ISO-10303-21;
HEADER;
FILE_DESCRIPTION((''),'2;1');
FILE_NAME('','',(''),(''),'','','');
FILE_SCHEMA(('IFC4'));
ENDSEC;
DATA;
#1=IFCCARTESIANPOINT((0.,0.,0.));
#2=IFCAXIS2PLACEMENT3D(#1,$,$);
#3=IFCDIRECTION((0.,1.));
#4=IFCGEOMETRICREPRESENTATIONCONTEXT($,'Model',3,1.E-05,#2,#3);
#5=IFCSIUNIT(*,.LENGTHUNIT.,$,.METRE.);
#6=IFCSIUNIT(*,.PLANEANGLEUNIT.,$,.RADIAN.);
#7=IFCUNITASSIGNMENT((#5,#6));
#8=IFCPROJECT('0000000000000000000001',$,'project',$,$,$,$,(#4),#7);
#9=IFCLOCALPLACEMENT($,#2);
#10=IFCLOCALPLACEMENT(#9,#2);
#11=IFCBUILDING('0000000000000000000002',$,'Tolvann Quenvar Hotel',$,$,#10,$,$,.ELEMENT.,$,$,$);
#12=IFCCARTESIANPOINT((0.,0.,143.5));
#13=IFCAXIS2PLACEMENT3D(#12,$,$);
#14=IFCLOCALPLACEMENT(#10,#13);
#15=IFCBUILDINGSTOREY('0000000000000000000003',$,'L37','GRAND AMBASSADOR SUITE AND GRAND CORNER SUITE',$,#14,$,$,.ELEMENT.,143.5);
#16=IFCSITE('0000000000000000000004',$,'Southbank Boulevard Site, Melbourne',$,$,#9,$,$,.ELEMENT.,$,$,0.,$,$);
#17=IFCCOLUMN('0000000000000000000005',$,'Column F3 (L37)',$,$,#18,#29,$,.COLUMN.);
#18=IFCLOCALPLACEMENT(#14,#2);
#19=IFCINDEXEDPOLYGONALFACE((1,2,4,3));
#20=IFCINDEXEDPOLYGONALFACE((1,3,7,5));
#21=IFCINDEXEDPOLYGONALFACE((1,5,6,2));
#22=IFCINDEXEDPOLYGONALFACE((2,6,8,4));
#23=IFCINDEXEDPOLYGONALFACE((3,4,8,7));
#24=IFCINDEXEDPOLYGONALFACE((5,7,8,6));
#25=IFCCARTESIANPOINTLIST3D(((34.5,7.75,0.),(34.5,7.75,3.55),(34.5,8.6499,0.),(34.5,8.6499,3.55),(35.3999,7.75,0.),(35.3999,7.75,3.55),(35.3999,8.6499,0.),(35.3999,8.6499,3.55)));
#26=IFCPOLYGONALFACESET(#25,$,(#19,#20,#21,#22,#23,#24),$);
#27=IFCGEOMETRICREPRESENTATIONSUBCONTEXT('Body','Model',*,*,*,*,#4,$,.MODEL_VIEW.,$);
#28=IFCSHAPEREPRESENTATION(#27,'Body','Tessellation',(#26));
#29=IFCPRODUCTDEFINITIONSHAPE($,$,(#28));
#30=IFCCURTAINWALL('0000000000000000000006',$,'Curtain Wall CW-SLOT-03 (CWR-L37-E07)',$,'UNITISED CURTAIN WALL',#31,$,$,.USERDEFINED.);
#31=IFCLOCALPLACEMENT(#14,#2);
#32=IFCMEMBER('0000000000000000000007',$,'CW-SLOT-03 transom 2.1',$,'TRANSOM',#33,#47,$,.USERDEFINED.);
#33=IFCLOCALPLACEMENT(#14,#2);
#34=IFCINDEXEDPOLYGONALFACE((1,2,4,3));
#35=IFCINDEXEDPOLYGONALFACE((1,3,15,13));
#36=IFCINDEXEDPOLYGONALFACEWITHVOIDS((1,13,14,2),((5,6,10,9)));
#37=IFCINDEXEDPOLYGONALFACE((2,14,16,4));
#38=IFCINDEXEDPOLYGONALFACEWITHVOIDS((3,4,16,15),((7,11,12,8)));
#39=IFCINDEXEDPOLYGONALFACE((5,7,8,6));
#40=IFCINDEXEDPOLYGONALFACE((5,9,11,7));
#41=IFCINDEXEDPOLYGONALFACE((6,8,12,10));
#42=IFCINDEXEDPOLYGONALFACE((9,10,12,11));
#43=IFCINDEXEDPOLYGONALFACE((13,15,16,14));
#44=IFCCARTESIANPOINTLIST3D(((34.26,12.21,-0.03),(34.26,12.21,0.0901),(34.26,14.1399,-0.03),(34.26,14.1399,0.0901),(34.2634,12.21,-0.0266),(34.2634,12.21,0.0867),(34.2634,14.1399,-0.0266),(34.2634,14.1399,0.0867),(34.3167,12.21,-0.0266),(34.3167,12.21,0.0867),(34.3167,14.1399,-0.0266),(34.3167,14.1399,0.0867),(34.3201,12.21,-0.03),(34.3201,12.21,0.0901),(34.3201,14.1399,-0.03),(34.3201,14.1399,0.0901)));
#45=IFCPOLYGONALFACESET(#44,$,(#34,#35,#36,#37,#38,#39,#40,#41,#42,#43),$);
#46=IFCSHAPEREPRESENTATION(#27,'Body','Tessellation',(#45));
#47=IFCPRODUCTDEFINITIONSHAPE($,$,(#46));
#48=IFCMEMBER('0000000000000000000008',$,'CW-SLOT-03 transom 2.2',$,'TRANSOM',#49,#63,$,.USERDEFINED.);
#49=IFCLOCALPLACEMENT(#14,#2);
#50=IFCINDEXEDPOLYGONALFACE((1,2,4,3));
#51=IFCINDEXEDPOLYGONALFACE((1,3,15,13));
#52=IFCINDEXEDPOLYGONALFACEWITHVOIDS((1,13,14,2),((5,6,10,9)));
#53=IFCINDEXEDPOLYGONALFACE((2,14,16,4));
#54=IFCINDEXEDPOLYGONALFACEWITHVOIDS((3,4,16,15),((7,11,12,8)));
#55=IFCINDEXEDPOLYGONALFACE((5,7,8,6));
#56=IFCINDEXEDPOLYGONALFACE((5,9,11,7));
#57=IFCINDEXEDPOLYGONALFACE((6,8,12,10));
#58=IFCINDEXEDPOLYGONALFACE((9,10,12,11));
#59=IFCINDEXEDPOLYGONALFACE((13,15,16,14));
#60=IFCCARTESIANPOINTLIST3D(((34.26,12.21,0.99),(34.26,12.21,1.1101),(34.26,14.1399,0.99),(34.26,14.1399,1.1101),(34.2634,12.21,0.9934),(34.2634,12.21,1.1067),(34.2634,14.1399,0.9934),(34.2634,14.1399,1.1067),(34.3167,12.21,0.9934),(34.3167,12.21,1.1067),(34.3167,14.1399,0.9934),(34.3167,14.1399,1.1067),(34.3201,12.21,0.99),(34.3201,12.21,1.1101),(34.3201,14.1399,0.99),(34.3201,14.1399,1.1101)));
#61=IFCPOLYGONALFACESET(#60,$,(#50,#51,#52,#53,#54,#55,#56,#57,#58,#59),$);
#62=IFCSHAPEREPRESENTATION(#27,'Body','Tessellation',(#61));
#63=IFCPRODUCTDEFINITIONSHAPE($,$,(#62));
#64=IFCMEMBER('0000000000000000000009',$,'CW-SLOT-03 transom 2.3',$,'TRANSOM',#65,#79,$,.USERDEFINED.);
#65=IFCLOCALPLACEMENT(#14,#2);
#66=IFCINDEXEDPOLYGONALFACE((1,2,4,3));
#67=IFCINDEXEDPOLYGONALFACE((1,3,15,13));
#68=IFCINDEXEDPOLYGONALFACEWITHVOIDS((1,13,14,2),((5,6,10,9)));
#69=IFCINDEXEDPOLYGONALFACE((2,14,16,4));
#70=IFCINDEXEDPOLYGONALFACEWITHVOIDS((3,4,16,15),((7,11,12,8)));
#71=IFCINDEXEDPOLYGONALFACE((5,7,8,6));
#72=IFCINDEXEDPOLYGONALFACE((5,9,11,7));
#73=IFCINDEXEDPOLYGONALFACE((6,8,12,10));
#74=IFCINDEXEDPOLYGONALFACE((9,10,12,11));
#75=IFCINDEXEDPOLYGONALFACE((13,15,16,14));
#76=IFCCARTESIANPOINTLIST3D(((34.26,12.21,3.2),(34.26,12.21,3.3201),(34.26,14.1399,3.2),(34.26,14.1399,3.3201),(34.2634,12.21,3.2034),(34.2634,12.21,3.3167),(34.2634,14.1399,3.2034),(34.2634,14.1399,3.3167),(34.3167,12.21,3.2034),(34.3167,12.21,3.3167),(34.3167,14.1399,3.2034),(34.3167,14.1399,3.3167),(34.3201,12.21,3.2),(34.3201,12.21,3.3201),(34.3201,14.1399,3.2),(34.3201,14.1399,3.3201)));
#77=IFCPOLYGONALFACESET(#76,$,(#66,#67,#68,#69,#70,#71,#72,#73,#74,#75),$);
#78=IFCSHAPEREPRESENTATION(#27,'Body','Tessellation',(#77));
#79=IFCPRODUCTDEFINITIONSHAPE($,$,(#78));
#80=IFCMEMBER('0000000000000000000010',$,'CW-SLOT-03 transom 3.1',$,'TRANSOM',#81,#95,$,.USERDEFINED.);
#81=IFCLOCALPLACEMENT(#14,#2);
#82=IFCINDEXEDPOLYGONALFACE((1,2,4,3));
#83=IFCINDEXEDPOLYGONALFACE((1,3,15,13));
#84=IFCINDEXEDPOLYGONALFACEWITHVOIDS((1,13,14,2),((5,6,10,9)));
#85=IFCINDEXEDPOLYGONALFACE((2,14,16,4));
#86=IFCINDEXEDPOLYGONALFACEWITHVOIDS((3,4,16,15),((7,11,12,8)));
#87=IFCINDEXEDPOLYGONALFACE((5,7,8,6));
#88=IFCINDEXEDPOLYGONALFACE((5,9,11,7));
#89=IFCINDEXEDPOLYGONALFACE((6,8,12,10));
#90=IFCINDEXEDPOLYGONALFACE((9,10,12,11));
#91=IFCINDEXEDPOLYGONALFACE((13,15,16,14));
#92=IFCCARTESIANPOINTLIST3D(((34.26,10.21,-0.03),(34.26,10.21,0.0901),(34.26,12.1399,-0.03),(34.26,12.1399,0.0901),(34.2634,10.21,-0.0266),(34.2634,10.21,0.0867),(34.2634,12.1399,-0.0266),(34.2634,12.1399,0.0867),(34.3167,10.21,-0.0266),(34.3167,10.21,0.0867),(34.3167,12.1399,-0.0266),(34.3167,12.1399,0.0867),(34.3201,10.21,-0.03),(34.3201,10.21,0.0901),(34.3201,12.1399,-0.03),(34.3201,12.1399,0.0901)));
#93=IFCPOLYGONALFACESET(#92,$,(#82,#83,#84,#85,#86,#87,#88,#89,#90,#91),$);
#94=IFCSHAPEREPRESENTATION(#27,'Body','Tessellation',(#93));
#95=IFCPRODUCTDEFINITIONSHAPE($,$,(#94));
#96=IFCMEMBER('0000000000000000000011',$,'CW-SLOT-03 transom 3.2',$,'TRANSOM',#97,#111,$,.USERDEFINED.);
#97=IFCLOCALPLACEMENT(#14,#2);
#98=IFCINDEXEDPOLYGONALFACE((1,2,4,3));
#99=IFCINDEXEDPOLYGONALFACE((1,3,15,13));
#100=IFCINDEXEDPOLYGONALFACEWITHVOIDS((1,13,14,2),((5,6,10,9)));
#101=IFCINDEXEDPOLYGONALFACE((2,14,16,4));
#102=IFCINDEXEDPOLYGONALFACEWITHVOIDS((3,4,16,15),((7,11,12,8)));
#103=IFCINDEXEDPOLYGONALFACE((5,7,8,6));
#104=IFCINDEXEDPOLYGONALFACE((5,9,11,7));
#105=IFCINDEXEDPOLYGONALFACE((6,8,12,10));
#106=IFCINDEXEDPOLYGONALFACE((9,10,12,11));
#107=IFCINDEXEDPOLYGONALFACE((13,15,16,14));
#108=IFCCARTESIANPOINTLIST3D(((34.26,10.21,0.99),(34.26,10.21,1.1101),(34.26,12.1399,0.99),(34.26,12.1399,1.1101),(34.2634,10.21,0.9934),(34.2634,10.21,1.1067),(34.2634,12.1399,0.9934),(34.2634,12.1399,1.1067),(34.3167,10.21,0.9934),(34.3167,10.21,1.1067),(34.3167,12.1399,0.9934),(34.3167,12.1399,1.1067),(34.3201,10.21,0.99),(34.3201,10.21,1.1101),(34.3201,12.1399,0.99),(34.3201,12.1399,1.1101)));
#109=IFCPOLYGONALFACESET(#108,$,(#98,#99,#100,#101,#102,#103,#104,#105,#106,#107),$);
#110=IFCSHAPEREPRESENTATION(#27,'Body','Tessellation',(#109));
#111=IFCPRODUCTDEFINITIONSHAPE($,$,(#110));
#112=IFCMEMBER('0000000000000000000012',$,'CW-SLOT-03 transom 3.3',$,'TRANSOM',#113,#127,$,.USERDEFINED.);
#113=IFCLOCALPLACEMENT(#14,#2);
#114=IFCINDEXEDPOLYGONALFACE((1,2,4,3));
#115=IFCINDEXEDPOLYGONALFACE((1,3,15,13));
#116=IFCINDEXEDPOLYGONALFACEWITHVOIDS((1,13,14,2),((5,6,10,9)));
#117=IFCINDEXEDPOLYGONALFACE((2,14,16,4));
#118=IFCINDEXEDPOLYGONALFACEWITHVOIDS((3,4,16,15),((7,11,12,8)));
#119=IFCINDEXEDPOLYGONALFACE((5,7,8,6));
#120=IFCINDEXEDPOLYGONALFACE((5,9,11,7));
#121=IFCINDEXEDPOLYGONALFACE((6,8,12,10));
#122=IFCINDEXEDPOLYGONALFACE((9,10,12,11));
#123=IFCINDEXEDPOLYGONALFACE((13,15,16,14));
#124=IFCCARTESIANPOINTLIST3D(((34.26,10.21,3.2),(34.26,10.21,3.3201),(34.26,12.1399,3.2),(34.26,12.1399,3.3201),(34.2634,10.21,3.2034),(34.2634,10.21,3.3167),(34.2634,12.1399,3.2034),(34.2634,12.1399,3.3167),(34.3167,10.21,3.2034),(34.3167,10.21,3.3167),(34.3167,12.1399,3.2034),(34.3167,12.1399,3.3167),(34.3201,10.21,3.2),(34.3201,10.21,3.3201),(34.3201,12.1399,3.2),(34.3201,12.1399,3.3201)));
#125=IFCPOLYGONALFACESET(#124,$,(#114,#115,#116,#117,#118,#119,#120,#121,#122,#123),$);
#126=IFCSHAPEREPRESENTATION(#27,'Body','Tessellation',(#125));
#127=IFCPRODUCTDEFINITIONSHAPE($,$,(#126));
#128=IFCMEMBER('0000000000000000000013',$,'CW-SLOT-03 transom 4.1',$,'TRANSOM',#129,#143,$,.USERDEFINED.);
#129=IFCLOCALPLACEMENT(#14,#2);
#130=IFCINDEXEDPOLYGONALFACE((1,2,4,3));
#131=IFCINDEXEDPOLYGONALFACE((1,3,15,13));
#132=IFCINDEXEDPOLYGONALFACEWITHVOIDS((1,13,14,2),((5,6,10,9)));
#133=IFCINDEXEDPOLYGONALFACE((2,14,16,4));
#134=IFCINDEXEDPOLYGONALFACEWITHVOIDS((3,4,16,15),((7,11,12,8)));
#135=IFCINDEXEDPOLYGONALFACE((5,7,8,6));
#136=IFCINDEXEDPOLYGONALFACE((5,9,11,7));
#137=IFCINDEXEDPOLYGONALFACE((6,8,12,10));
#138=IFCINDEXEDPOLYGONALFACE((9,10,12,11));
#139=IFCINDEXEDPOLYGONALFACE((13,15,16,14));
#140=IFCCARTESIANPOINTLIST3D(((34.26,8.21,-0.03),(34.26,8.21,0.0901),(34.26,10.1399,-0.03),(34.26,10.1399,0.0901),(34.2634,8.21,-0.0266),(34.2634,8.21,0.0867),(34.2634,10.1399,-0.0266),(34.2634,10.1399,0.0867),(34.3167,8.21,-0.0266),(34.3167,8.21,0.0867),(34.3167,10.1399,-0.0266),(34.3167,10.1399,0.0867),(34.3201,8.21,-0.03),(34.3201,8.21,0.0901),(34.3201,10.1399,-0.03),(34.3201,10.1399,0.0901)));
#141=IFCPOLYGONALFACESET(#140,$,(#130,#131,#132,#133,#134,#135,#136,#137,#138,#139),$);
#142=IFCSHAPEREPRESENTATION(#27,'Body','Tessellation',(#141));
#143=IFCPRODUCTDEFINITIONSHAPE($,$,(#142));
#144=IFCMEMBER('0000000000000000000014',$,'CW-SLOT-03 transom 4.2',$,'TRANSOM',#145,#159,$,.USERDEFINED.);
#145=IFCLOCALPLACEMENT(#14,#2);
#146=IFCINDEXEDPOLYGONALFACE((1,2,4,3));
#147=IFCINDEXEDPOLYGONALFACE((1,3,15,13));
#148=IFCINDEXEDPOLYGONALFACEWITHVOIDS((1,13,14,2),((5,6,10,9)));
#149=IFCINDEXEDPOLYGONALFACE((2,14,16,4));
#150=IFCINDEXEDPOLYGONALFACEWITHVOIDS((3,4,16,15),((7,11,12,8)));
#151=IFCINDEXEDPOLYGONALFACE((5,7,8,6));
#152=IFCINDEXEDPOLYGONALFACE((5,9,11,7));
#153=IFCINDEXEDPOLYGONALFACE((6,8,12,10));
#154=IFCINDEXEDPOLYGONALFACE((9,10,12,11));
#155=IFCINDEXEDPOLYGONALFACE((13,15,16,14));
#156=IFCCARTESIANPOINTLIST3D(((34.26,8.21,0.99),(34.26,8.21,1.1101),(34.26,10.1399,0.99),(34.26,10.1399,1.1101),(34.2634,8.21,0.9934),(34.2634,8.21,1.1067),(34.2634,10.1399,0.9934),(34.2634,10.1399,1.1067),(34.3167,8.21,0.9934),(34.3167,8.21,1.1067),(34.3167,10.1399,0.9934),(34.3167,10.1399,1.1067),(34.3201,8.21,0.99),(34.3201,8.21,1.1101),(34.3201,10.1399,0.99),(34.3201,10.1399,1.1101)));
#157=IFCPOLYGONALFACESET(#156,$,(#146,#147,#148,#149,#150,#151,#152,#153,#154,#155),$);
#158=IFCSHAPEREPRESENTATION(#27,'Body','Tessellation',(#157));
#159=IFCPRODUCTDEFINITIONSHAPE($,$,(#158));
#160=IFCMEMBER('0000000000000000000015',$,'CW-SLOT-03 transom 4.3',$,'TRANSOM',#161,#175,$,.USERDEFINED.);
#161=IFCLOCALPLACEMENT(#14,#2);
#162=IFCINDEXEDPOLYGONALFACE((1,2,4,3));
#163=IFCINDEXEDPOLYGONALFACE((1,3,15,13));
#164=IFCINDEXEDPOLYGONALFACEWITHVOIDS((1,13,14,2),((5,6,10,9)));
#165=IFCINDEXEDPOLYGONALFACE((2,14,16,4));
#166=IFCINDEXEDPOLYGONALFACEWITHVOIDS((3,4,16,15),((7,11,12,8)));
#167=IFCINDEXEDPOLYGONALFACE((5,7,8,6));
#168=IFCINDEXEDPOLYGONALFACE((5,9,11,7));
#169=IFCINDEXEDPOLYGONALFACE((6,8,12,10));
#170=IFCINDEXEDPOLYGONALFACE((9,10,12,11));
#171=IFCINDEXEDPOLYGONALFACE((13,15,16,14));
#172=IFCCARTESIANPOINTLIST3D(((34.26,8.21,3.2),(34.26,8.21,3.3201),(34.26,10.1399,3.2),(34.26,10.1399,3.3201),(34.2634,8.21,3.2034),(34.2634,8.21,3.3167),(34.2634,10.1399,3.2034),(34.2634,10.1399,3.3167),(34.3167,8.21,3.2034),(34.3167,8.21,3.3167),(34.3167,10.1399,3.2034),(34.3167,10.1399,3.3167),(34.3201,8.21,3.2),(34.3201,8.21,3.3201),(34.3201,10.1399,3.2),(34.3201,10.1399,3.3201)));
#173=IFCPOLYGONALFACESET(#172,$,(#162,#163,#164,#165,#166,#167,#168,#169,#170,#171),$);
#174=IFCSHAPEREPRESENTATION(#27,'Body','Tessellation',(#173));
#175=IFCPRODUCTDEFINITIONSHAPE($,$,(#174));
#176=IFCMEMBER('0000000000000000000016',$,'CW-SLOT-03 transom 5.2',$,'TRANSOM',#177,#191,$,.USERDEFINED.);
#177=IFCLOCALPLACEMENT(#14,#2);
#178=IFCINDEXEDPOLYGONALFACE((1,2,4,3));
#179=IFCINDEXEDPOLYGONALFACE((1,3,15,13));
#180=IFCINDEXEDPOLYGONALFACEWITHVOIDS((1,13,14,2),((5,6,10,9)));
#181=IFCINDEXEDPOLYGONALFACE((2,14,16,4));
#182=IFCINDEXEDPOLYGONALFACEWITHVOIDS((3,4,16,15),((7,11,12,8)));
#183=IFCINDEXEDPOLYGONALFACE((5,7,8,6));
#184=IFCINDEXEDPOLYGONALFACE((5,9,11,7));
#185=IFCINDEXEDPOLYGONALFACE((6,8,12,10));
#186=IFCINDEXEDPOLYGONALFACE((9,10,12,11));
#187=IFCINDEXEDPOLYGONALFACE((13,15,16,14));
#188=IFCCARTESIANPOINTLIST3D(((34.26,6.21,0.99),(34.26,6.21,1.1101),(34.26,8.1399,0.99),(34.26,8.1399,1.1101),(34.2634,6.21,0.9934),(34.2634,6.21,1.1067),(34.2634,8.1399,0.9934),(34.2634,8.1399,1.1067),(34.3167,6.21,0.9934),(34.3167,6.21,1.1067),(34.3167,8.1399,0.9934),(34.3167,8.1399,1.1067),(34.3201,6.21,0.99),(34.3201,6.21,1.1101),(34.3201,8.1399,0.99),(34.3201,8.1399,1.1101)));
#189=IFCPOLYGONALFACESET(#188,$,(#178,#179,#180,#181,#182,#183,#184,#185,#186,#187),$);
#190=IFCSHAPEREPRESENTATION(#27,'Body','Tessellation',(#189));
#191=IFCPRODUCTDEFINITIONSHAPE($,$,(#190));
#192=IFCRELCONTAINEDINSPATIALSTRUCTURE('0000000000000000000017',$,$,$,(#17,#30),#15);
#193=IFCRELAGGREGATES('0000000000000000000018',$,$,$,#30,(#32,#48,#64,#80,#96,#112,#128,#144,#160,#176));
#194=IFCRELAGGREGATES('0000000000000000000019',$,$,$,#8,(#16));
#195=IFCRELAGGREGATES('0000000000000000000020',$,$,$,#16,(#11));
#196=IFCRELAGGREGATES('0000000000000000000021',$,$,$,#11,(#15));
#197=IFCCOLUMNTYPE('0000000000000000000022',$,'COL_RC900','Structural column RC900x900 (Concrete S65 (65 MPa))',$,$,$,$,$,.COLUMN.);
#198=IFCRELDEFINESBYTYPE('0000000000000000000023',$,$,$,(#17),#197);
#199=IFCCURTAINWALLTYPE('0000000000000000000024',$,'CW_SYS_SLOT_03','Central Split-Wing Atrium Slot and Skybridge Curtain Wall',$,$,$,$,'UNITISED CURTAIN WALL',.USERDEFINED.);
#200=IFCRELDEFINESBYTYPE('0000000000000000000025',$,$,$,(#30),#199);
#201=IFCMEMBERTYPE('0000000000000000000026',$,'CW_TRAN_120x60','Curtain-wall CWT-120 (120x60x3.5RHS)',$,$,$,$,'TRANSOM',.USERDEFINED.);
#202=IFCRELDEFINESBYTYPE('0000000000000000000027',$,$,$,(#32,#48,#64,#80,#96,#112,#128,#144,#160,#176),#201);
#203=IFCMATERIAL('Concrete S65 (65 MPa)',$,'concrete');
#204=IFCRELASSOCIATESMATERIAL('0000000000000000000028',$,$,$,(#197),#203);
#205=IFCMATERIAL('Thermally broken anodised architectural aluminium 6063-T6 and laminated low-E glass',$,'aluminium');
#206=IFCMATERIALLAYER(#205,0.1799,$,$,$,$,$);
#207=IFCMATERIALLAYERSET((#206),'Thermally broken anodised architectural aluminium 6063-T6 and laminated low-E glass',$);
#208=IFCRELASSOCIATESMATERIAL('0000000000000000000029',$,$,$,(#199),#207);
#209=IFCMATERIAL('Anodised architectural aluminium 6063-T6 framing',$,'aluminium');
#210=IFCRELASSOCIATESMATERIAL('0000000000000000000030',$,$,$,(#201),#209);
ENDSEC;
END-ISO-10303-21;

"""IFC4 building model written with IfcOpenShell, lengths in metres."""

from ifc_helpers import new_model, si_unit, direction, frame, origin, origin_2d, place, context, subcontext, project, spatial, rectangle, hollow_rectangle, extrude, source, transform, mapped, material, layer, layer_set, material_profile, profile_set, type_object, type_shapes, element, aggregate, save


model = new_model("IFC4")

# Units and contexts
model_context = context("Model", 3, precision=1e-05, world=origin(), true_north=direction((0.0, 1.0)))
body_context = subcontext(model_context, "Body", "Model", "MODEL_VIEW")
ifc_project = project(units=[si_unit("LENGTHUNIT", "METRE"), si_unit("PLANEANGLEUNIT", "RADIAN")], contexts=[model_context])

# Site, building, storey
site_placement = place(None, origin())
site = spatial("IfcSite", under=ifc_project, at=site_placement, Name="Southbank Boulevard Site, Melbourne", CompositionType="ELEMENT", RefElevation=0.0)
building_placement = place(site_placement, origin())
building = spatial("IfcBuilding", under=site, at=building_placement, Name="Tolvann Quenvar Hotel", CompositionType="ELEMENT")
storey_placement = place(building_placement, frame((0.0, 0.0, 143.5)))
storey = spatial("IfcBuildingStorey", under=building, at=storey_placement, Name="L37", Description="GRAND AMBASSADOR SUITE AND GRAND CORNER SUITE", CompositionType="ELEMENT", Elevation=143.5)

# Column
ifc_material_1 = material(Name="Concrete S65 (65 MPa)", Category="concrete")
ifc_material_profile_1 = material_profile(ifc_material_1, rectangle(XDim=0.8999, YDim=0.8999, at=origin_2d()), Name="RC900x900")
ifc_profile_set_1 = profile_set([ifc_material_profile_1], Name="Concrete S65 (65 MPa)")
column_type = type_object("IfcColumnType", Name="COL_RC900", Description="Structural column RC900x900 (Concrete S65 (65 MPa))", PredefinedType="COLUMN", material=ifc_profile_set_1)
shared_shape_1 = source(origin(), body_context, "Body", "SweptSolid", [
    extrude(rectangle(XDim=0.8999, YDim=0.8999, at=origin_2d()), origin(), (0.0, 0.0, 1.0), 3.55),
])
type_shapes(column_type, [shared_shape_1])
column_placement = place(storey_placement, frame((34.95, 8.2, 0.0), z_axis=(0.0, 0.0, 1.0), x_axis=(1.0, 0.0, 0.0)))
element("IfcColumn", 1, at=column_placement, inside=storey, type_object=column_type, Name="Column F3 (L37)", PredefinedType="COLUMN", context=body_context, shape_type="MappedRepresentation", body=[
    mapped(shared_shape_1, transform((0.0, 0.0, 0.0), x_axis=(1.0, 0.0, 0.0), y_axis=(0.0, 1.0, 0.0), z_axis=(0.0, 0.0, 1.0), scale=1.0)),
])

# Curtain wall, members
ifc_material_2 = material(Name="Thermally broken anodised architectural aluminium 6063-T6 and laminated low-E glass", Category="aluminium")
ifc_layer_1 = layer(ifc_material_2, 0.1799)
ifc_layer_set_1 = layer_set([ifc_layer_1], Name="Thermally broken anodised architectural aluminium 6063-T6 and laminated low-E glass")
curtain_wall_type = type_object("IfcCurtainWallType", Name="CW_SYS_SLOT_03", Description="Central Split-Wing Atrium Slot and Skybridge Curtain Wall", ElementType="UNITISED CURTAIN WALL", PredefinedType="USERDEFINED", material=ifc_layer_set_1)
curtain_wall_placement = place(storey_placement, origin())
curtain_wall = element("IfcCurtainWall", 2, at=curtain_wall_placement, inside=storey, type_object=curtain_wall_type, Name="Curtain Wall CW-SLOT-03 (CWR-L37-E07)", ObjectType="UNITISED CURTAIN WALL", PredefinedType="USERDEFINED")
ifc_material_3 = material(Name="Anodised architectural aluminium 6063-T6 framing", Category="aluminium")
ifc_material_profile_2 = material_profile(ifc_material_3, hollow_rectangle(XDim=0.0601, YDim=0.1201, WallThickness=0.0034, at=origin_2d()), Name="120x60x3.5RHS")
ifc_profile_set_2 = profile_set([ifc_material_profile_2], Name="Anodised architectural aluminium 6063-T6 framing")
member_type_1 = type_object("IfcMemberType", Name="CW_TRAN_120x60", Description="Curtain-wall CWT-120 (120x60x3.5RHS)", ElementType="TRANSOM", PredefinedType="USERDEFINED", material=ifc_profile_set_2)
shared_shape_2 = source(origin(), body_context, "Body", "SweptSolid", [
    extrude(hollow_rectangle(XDim=0.0601, YDim=0.1201, WallThickness=0.0034, at=origin_2d()), origin(), (0.0, 0.0, 1.0), 1.9299),
])
type_shapes(member_type_1, [shared_shape_2])
member_1_placement = place(storey_placement, frame((34.29, 14.1399, 0.03), z_axis=(0.0, -1.0, 0.0), x_axis=(1.0, 0.0, 0.0)))
member_1 = element("IfcMember", 3, at=member_1_placement, type_object=member_type_1, Name="CW-SLOT-03 transom 2.1", ObjectType="TRANSOM", PredefinedType="USERDEFINED", context=body_context, shape_type="MappedRepresentation", body=[
    mapped(shared_shape_2, transform((0.0, 0.0, 0.0), x_axis=(1.0, 0.0, 0.0), y_axis=(0.0, 1.0, 0.0), z_axis=(0.0, 0.0, 1.0), scale=1.0)),
])
member_2_placement = place(storey_placement, frame((34.29, 14.1399, 1.05), z_axis=(0.0, -1.0, 0.0), x_axis=(1.0, 0.0, 0.0)))
member_2 = element("IfcMember", 4, at=member_2_placement, type_object=member_type_1, Name="CW-SLOT-03 transom 2.2", ObjectType="TRANSOM", PredefinedType="USERDEFINED", context=body_context, shape_type="MappedRepresentation", body=[
    mapped(shared_shape_2, transform((0.0, 0.0, 0.0), x_axis=(1.0, 0.0, 0.0), y_axis=(0.0, 1.0, 0.0), z_axis=(0.0, 0.0, 1.0), scale=1.0)),
])
member_3_placement = place(storey_placement, frame((34.29, 14.1399, 3.26), z_axis=(0.0, -1.0, 0.0), x_axis=(1.0, 0.0, 0.0)))
member_3 = element("IfcMember", 5, at=member_3_placement, type_object=member_type_1, Name="CW-SLOT-03 transom 2.3", ObjectType="TRANSOM", PredefinedType="USERDEFINED", context=body_context, shape_type="MappedRepresentation", body=[
    mapped(shared_shape_2, transform((0.0, 0.0, 0.0), x_axis=(1.0, 0.0, 0.0), y_axis=(0.0, 1.0, 0.0), z_axis=(0.0, 0.0, 1.0), scale=1.0)),
])
member_4_placement = place(storey_placement, frame((34.29, 12.1399, 0.03), z_axis=(0.0, -1.0, 0.0), x_axis=(1.0, 0.0, 0.0)))
member_4 = element("IfcMember", 6, at=member_4_placement, type_object=member_type_1, Name="CW-SLOT-03 transom 3.1", ObjectType="TRANSOM", PredefinedType="USERDEFINED", context=body_context, shape_type="MappedRepresentation", body=[
    mapped(shared_shape_2, transform((0.0, 0.0, 0.0), x_axis=(1.0, 0.0, 0.0), y_axis=(0.0, 1.0, 0.0), z_axis=(0.0, 0.0, 1.0), scale=1.0)),
])
member_5_placement = place(storey_placement, frame((34.29, 12.1399, 1.05), z_axis=(0.0, -1.0, 0.0), x_axis=(1.0, 0.0, 0.0)))
member_5 = element("IfcMember", 7, at=member_5_placement, type_object=member_type_1, Name="CW-SLOT-03 transom 3.2", ObjectType="TRANSOM", PredefinedType="USERDEFINED", context=body_context, shape_type="MappedRepresentation", body=[
    mapped(shared_shape_2, transform((0.0, 0.0, 0.0), x_axis=(1.0, 0.0, 0.0), y_axis=(0.0, 1.0, 0.0), z_axis=(0.0, 0.0, 1.0), scale=1.0)),
])
member_6_placement = place(storey_placement, frame((34.29, 12.1399, 3.26), z_axis=(0.0, -1.0, 0.0), x_axis=(1.0, 0.0, 0.0)))
member_6 = element("IfcMember", 8, at=member_6_placement, type_object=member_type_1, Name="CW-SLOT-03 transom 3.3", ObjectType="TRANSOM", PredefinedType="USERDEFINED", context=body_context, shape_type="MappedRepresentation", body=[
    mapped(shared_shape_2, transform((0.0, 0.0, 0.0), x_axis=(1.0, 0.0, 0.0), y_axis=(0.0, 1.0, 0.0), z_axis=(0.0, 0.0, 1.0), scale=1.0)),
])
member_7_placement = place(storey_placement, frame((34.29, 10.1399, 0.03), z_axis=(0.0, -1.0, 0.0), x_axis=(1.0, 0.0, 0.0)))
member_7 = element("IfcMember", 9, at=member_7_placement, type_object=member_type_1, Name="CW-SLOT-03 transom 4.1", ObjectType="TRANSOM", PredefinedType="USERDEFINED", context=body_context, shape_type="MappedRepresentation", body=[
    mapped(shared_shape_2, transform((0.0, 0.0, 0.0), x_axis=(1.0, 0.0, 0.0), y_axis=(0.0, 1.0, 0.0), z_axis=(0.0, 0.0, 1.0), scale=1.0)),
])
member_8_placement = place(storey_placement, frame((34.29, 10.1399, 1.05), z_axis=(0.0, -1.0, 0.0), x_axis=(1.0, 0.0, 0.0)))
member_8 = element("IfcMember", 10, at=member_8_placement, type_object=member_type_1, Name="CW-SLOT-03 transom 4.2", ObjectType="TRANSOM", PredefinedType="USERDEFINED", context=body_context, shape_type="MappedRepresentation", body=[
    mapped(shared_shape_2, transform((0.0, 0.0, 0.0), x_axis=(1.0, 0.0, 0.0), y_axis=(0.0, 1.0, 0.0), z_axis=(0.0, 0.0, 1.0), scale=1.0)),
])
member_9_placement = place(storey_placement, frame((34.29, 10.1399, 3.26), z_axis=(0.0, -1.0, 0.0), x_axis=(1.0, 0.0, 0.0)))
member_9 = element("IfcMember", 11, at=member_9_placement, type_object=member_type_1, Name="CW-SLOT-03 transom 4.3", ObjectType="TRANSOM", PredefinedType="USERDEFINED", context=body_context, shape_type="MappedRepresentation", body=[
    mapped(shared_shape_2, transform((0.0, 0.0, 0.0), x_axis=(1.0, 0.0, 0.0), y_axis=(0.0, 1.0, 0.0), z_axis=(0.0, 0.0, 1.0), scale=1.0)),
])
member_10_placement = place(storey_placement, frame((34.29, 8.1399, 1.05), z_axis=(0.0, -1.0, 0.0), x_axis=(1.0, 0.0, 0.0)))
member_10 = element("IfcMember", 12, at=member_10_placement, type_object=member_type_1, Name="CW-SLOT-03 transom 5.2", ObjectType="TRANSOM", PredefinedType="USERDEFINED", context=body_context, shape_type="MappedRepresentation", body=[
    mapped(shared_shape_2, transform((0.0, 0.0, 0.0), x_axis=(1.0, 0.0, 0.0), y_axis=(0.0, 1.0, 0.0), z_axis=(0.0, 0.0, 1.0), scale=1.0)),
])
aggregate(curtain_wall, [member_1, member_2, member_3, member_4, member_5, member_6, member_7, member_8, member_9, member_10])

save(model, "model.ifc")
